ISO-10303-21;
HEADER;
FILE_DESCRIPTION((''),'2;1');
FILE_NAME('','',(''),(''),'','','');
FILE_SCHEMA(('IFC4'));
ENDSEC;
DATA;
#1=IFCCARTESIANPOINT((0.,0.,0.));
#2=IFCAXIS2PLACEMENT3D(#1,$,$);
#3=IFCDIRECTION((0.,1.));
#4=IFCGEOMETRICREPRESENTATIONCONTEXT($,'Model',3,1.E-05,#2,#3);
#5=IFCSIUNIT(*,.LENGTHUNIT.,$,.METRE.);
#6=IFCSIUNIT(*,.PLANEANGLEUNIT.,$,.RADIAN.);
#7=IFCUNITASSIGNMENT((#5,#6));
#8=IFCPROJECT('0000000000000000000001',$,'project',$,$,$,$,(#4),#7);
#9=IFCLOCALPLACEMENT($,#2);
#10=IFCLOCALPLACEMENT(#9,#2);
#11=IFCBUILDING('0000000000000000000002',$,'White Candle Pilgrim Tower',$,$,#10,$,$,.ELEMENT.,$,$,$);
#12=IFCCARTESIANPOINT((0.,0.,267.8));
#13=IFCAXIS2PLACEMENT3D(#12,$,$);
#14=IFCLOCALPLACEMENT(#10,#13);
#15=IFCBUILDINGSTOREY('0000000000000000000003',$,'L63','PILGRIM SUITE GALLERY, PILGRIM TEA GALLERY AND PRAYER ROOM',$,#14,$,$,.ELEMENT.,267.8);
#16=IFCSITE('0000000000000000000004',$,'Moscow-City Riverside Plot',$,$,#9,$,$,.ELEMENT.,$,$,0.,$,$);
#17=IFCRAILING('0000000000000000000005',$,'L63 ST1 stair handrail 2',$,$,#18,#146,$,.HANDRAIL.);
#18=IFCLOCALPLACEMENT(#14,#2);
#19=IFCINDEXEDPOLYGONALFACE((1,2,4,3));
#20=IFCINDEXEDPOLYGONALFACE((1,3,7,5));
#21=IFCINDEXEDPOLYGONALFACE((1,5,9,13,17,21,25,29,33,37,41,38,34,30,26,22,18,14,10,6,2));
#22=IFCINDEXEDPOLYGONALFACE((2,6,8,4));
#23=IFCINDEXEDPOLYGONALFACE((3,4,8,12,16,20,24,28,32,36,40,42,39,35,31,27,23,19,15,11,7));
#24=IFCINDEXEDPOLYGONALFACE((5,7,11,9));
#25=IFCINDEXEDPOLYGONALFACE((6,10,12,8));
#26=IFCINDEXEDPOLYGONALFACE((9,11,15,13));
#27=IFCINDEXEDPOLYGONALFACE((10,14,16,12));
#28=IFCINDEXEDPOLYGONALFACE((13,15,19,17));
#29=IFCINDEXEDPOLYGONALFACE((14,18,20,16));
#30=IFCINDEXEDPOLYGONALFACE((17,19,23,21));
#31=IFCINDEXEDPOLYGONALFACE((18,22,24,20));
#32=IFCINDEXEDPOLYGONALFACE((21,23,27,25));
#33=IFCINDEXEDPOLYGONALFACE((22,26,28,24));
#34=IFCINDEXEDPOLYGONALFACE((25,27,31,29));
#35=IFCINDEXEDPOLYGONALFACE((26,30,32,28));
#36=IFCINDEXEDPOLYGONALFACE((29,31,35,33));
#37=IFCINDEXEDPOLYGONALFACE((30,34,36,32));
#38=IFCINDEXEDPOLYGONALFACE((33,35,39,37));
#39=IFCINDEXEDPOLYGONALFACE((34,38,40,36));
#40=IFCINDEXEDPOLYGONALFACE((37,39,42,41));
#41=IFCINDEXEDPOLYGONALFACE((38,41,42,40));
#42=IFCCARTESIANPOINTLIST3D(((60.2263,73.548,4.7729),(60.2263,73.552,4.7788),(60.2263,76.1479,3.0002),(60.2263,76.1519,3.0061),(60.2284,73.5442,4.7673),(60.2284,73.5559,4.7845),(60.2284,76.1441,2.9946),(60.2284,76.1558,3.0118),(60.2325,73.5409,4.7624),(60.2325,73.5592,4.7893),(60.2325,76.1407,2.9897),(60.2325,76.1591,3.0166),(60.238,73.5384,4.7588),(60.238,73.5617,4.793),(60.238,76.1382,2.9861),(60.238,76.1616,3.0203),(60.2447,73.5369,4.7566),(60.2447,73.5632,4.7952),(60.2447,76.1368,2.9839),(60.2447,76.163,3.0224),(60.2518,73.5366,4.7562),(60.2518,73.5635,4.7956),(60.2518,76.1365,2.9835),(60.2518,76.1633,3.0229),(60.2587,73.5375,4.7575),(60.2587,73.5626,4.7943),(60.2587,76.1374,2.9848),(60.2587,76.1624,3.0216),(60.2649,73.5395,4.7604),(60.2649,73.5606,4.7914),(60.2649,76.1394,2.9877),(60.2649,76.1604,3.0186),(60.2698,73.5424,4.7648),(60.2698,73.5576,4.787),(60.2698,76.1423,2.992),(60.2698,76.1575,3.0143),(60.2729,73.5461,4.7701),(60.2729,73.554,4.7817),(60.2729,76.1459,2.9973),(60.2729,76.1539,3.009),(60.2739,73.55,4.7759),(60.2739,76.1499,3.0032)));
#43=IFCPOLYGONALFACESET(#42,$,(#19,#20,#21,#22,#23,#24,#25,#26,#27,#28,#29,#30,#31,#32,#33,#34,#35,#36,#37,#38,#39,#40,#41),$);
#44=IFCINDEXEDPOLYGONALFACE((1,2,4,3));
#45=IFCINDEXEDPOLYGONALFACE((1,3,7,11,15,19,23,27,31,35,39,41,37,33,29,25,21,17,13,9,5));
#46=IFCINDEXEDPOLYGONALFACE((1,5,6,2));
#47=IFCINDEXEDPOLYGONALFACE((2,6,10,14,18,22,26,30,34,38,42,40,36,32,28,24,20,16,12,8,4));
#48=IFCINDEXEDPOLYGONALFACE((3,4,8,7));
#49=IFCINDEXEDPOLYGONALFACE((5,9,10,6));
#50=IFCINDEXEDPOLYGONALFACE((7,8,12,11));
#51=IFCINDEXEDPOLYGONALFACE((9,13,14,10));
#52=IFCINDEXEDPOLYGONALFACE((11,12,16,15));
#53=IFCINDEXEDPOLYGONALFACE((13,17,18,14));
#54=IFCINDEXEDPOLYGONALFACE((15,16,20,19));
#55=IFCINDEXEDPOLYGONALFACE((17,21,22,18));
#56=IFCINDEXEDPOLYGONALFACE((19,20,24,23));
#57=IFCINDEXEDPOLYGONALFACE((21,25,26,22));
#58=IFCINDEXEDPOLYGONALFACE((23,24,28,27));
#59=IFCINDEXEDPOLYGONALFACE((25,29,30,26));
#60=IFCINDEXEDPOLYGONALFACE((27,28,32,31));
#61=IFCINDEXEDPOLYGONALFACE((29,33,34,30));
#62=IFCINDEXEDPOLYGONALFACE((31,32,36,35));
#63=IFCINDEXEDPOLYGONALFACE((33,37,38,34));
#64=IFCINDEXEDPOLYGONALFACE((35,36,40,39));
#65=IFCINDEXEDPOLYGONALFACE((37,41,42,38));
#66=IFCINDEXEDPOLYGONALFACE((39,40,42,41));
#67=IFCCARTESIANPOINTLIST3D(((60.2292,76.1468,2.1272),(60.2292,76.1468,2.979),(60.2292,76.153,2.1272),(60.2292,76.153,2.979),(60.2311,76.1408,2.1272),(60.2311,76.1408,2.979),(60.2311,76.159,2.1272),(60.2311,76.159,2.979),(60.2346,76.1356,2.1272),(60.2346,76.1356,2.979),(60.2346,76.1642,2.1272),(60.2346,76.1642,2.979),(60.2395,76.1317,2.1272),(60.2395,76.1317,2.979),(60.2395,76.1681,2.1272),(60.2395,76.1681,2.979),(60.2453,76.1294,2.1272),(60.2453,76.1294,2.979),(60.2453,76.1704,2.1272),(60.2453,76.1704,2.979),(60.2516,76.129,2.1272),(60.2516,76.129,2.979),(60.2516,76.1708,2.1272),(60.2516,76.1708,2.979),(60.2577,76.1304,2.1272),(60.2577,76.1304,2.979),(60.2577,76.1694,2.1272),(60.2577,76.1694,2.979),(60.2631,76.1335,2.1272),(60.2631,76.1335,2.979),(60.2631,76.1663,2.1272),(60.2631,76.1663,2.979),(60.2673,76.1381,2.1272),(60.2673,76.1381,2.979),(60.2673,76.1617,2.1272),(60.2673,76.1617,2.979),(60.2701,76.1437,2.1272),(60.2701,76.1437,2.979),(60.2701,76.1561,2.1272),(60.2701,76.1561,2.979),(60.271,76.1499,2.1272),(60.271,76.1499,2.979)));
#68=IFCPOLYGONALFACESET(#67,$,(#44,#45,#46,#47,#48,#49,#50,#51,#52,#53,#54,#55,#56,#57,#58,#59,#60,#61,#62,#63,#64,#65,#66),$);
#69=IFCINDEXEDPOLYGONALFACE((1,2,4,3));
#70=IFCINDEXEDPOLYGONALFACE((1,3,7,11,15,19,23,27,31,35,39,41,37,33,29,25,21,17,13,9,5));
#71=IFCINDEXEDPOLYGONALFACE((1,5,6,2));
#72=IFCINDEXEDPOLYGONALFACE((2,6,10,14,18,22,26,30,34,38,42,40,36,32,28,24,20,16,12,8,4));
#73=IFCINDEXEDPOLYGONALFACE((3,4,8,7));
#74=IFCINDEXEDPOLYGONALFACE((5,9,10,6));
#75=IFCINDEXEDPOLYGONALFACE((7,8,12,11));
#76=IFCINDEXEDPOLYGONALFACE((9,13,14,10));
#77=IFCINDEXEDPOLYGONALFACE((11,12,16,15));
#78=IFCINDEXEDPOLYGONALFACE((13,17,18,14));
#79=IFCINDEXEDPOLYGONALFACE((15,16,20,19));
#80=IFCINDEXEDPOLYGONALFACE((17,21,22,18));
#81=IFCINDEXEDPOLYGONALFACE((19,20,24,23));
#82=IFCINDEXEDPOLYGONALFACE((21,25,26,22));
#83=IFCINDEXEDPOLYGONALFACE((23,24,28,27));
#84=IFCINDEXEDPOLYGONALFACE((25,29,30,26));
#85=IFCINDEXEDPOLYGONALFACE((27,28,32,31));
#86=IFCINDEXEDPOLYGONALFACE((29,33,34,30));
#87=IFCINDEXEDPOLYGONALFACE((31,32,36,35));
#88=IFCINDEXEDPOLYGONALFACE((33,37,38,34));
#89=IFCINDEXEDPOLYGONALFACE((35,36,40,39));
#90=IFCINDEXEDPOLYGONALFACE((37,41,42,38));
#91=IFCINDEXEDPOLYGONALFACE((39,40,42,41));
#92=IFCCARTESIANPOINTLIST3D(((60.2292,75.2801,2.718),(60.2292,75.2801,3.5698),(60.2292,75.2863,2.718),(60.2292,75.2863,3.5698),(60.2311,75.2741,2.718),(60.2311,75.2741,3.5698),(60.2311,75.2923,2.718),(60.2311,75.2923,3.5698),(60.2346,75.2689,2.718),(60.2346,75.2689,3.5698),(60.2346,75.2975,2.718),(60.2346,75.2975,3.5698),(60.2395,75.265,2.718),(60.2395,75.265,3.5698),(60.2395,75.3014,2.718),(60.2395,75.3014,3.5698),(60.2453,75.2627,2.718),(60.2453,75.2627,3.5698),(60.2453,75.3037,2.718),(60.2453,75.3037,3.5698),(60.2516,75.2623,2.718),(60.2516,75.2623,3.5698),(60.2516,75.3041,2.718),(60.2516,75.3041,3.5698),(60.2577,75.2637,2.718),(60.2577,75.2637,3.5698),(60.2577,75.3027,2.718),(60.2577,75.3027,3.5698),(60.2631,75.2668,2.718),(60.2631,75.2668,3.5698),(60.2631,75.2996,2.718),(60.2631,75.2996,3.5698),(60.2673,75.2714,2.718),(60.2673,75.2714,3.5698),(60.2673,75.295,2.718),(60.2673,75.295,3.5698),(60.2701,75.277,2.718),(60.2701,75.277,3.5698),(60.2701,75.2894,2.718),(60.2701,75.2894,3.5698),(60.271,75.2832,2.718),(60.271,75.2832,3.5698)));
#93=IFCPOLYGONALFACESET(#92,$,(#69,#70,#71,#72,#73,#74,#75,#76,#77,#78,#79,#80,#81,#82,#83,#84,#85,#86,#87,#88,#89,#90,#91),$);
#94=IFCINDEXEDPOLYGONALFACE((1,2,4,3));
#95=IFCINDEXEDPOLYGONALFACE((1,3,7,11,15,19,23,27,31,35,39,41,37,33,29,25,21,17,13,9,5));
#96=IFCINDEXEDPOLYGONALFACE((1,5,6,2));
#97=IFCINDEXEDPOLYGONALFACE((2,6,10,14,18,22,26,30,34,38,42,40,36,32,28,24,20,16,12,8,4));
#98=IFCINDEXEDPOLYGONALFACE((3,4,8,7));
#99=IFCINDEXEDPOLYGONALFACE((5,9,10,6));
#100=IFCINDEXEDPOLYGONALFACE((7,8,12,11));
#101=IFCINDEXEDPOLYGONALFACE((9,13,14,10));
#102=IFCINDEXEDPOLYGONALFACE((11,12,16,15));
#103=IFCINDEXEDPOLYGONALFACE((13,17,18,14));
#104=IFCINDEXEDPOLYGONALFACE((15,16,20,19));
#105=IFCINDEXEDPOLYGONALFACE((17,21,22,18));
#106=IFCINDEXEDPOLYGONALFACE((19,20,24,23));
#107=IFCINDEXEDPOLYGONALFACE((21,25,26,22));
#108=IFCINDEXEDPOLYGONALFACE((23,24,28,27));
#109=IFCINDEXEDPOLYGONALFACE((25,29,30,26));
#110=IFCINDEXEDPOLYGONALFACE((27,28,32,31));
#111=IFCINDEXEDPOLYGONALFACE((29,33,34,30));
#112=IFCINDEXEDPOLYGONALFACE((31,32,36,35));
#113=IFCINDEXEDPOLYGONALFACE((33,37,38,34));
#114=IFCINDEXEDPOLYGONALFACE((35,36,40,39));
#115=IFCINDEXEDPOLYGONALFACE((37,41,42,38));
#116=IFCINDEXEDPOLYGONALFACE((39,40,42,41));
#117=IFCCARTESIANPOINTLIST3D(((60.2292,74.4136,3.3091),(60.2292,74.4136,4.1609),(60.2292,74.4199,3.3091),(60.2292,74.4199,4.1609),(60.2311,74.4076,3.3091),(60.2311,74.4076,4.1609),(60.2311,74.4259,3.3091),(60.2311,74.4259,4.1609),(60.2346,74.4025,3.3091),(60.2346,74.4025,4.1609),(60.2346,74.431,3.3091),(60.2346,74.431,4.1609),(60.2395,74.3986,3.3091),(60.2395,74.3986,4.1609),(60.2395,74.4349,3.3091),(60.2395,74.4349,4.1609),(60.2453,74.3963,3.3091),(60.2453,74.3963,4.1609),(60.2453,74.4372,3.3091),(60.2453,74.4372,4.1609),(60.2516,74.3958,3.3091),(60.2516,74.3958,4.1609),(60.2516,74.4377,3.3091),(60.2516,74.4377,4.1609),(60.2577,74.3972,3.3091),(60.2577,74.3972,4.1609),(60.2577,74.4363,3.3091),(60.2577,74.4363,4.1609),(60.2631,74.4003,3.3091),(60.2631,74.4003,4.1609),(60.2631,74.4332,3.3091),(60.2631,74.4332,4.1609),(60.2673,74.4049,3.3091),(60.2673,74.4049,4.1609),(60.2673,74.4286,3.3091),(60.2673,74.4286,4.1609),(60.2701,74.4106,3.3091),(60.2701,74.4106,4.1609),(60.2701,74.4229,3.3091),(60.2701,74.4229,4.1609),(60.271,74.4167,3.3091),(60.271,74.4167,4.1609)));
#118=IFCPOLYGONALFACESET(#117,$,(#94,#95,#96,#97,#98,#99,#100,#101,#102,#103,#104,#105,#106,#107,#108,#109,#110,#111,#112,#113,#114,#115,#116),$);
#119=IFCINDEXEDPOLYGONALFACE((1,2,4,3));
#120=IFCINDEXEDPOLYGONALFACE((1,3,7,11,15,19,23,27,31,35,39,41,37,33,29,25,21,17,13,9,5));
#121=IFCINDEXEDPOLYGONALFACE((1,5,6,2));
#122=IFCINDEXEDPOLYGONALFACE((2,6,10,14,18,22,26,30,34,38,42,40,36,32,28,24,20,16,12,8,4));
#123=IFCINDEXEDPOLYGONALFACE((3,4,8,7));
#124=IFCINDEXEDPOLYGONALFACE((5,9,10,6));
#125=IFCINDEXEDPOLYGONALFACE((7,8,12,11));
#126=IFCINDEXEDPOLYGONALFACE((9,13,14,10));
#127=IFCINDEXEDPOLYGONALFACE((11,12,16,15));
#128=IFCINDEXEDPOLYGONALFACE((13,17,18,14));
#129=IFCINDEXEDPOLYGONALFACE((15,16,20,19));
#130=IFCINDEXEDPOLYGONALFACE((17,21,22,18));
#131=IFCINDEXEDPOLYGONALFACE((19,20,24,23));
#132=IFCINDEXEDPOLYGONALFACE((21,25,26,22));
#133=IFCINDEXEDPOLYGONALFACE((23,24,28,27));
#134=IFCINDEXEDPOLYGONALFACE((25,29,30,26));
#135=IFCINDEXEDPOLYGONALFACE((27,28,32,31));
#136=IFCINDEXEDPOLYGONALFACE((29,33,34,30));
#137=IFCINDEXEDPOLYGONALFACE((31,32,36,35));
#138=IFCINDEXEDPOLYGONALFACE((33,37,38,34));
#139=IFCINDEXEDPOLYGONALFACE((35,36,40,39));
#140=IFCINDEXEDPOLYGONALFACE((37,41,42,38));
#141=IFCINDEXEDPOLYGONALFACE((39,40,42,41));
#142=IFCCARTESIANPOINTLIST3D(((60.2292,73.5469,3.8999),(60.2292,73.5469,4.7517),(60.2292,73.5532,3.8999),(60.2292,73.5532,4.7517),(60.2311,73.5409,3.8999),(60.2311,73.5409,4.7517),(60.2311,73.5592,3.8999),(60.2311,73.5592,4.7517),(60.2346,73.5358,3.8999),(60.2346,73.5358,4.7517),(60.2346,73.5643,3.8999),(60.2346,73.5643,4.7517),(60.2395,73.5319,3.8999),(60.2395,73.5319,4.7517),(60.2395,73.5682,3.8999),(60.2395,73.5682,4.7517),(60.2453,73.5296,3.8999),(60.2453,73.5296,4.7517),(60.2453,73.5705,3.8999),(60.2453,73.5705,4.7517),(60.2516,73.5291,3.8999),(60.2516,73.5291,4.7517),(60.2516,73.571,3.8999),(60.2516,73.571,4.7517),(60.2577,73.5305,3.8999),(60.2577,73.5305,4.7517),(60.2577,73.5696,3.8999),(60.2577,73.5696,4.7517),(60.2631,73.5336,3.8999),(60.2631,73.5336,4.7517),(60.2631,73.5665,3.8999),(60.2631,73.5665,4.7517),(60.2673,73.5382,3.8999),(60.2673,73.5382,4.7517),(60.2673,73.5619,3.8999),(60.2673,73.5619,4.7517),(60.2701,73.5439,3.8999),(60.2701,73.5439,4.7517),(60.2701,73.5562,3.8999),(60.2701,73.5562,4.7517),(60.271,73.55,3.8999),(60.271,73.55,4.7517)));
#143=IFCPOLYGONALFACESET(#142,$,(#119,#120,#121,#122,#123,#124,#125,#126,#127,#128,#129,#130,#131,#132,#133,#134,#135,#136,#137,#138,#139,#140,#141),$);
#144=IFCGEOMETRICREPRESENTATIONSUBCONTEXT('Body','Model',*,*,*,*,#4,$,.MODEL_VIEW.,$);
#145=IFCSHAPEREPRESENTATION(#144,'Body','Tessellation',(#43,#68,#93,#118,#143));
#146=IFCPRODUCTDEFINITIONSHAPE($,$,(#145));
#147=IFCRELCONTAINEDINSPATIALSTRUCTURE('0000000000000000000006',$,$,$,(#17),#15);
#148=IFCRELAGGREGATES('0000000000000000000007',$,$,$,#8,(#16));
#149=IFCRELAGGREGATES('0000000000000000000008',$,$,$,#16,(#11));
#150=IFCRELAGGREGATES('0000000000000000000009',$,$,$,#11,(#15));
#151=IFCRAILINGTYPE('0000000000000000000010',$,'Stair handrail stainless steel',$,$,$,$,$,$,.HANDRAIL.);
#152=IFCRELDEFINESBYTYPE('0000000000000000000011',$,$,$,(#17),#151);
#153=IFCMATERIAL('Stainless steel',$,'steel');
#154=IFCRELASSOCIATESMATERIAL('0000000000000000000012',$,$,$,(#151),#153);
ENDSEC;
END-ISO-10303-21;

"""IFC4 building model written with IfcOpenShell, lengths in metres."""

from ifc_helpers import new_model, si_unit, direction, frame, origin, origin_2d, place, context, subcontext, project, spatial, circle, extrude, material, type_object, element, save


model = new_model("IFC4")

# Units and contexts
model_context = context("Model", 3, precision=1e-05, world=origin(), true_north=direction((0.0, 1.0)))
body_context = subcontext(model_context, "Body", "Model", "MODEL_VIEW")
ifc_project = project(units=[si_unit("LENGTHUNIT", "METRE"), si_unit("PLANEANGLEUNIT", "RADIAN")], contexts=[model_context])

# Site, building, storey
site_placement = place(None, origin())
site = spatial("IfcSite", under=ifc_project, at=site_placement, Name="Moscow-City Riverside Plot", CompositionType="ELEMENT", RefElevation=0.0)
building_placement = place(site_placement, origin())
building = spatial("IfcBuilding", under=site, at=building_placement, Name="White Candle Pilgrim Tower", CompositionType="ELEMENT")
storey_placement = place(building_placement, frame((0.0, 0.0, 267.8)))
storey = spatial("IfcBuildingStorey", under=building, at=storey_placement, Name="L63", Description="PILGRIM SUITE GALLERY, PILGRIM TEA GALLERY AND PRAYER ROOM", CompositionType="ELEMENT", Elevation=267.8)

# Railing
ifc_material_1 = material(Name="Stainless steel", Category="steel")
railing_type_1 = type_object("IfcRailingType", Name="Stair handrail stainless steel", PredefinedType="HANDRAIL", material=ifc_material_1)
railing_1_placement = place(storey_placement, frame((60.25, 76.1499, 2.1272)))
element("IfcRailing", 1, at=railing_1_placement, inside=storey, type_object=railing_type_1, Name="L63 ST1 stair handrail 2", PredefinedType="HANDRAIL", context=body_context, shape_type="SweptSolid", body=[
    extrude(circle(Radius=0.0239, at=origin_2d()), frame((0.0, 0.0, 0.876), z_axis=(0.0, -0.826216, 0.563354), x_axis=(1.0, 0.0, 0.0)), (0.0, 0.0, 1.0), 3.1467),
    extrude(circle(Radius=0.021, at=origin_2d()), origin(), (0.0, 0.0, 1.0), 0.8518),
    extrude(circle(Radius=0.021, at=origin_2d()), frame((0.0, -0.8667, 0.5908)), (0.0, 0.0, 1.0), 0.8518),
    extrude(circle(Radius=0.021, at=origin_2d()), frame((0.0, -1.7332, 1.1819)), (0.0, 0.0, 1.0), 0.8518),
    extrude(circle(Radius=0.021, at=origin_2d()), frame((0.0, -2.5999, 1.7727)), (0.0, 0.0, 1.0), 0.8518),
])

save(model, "model.ifc")
